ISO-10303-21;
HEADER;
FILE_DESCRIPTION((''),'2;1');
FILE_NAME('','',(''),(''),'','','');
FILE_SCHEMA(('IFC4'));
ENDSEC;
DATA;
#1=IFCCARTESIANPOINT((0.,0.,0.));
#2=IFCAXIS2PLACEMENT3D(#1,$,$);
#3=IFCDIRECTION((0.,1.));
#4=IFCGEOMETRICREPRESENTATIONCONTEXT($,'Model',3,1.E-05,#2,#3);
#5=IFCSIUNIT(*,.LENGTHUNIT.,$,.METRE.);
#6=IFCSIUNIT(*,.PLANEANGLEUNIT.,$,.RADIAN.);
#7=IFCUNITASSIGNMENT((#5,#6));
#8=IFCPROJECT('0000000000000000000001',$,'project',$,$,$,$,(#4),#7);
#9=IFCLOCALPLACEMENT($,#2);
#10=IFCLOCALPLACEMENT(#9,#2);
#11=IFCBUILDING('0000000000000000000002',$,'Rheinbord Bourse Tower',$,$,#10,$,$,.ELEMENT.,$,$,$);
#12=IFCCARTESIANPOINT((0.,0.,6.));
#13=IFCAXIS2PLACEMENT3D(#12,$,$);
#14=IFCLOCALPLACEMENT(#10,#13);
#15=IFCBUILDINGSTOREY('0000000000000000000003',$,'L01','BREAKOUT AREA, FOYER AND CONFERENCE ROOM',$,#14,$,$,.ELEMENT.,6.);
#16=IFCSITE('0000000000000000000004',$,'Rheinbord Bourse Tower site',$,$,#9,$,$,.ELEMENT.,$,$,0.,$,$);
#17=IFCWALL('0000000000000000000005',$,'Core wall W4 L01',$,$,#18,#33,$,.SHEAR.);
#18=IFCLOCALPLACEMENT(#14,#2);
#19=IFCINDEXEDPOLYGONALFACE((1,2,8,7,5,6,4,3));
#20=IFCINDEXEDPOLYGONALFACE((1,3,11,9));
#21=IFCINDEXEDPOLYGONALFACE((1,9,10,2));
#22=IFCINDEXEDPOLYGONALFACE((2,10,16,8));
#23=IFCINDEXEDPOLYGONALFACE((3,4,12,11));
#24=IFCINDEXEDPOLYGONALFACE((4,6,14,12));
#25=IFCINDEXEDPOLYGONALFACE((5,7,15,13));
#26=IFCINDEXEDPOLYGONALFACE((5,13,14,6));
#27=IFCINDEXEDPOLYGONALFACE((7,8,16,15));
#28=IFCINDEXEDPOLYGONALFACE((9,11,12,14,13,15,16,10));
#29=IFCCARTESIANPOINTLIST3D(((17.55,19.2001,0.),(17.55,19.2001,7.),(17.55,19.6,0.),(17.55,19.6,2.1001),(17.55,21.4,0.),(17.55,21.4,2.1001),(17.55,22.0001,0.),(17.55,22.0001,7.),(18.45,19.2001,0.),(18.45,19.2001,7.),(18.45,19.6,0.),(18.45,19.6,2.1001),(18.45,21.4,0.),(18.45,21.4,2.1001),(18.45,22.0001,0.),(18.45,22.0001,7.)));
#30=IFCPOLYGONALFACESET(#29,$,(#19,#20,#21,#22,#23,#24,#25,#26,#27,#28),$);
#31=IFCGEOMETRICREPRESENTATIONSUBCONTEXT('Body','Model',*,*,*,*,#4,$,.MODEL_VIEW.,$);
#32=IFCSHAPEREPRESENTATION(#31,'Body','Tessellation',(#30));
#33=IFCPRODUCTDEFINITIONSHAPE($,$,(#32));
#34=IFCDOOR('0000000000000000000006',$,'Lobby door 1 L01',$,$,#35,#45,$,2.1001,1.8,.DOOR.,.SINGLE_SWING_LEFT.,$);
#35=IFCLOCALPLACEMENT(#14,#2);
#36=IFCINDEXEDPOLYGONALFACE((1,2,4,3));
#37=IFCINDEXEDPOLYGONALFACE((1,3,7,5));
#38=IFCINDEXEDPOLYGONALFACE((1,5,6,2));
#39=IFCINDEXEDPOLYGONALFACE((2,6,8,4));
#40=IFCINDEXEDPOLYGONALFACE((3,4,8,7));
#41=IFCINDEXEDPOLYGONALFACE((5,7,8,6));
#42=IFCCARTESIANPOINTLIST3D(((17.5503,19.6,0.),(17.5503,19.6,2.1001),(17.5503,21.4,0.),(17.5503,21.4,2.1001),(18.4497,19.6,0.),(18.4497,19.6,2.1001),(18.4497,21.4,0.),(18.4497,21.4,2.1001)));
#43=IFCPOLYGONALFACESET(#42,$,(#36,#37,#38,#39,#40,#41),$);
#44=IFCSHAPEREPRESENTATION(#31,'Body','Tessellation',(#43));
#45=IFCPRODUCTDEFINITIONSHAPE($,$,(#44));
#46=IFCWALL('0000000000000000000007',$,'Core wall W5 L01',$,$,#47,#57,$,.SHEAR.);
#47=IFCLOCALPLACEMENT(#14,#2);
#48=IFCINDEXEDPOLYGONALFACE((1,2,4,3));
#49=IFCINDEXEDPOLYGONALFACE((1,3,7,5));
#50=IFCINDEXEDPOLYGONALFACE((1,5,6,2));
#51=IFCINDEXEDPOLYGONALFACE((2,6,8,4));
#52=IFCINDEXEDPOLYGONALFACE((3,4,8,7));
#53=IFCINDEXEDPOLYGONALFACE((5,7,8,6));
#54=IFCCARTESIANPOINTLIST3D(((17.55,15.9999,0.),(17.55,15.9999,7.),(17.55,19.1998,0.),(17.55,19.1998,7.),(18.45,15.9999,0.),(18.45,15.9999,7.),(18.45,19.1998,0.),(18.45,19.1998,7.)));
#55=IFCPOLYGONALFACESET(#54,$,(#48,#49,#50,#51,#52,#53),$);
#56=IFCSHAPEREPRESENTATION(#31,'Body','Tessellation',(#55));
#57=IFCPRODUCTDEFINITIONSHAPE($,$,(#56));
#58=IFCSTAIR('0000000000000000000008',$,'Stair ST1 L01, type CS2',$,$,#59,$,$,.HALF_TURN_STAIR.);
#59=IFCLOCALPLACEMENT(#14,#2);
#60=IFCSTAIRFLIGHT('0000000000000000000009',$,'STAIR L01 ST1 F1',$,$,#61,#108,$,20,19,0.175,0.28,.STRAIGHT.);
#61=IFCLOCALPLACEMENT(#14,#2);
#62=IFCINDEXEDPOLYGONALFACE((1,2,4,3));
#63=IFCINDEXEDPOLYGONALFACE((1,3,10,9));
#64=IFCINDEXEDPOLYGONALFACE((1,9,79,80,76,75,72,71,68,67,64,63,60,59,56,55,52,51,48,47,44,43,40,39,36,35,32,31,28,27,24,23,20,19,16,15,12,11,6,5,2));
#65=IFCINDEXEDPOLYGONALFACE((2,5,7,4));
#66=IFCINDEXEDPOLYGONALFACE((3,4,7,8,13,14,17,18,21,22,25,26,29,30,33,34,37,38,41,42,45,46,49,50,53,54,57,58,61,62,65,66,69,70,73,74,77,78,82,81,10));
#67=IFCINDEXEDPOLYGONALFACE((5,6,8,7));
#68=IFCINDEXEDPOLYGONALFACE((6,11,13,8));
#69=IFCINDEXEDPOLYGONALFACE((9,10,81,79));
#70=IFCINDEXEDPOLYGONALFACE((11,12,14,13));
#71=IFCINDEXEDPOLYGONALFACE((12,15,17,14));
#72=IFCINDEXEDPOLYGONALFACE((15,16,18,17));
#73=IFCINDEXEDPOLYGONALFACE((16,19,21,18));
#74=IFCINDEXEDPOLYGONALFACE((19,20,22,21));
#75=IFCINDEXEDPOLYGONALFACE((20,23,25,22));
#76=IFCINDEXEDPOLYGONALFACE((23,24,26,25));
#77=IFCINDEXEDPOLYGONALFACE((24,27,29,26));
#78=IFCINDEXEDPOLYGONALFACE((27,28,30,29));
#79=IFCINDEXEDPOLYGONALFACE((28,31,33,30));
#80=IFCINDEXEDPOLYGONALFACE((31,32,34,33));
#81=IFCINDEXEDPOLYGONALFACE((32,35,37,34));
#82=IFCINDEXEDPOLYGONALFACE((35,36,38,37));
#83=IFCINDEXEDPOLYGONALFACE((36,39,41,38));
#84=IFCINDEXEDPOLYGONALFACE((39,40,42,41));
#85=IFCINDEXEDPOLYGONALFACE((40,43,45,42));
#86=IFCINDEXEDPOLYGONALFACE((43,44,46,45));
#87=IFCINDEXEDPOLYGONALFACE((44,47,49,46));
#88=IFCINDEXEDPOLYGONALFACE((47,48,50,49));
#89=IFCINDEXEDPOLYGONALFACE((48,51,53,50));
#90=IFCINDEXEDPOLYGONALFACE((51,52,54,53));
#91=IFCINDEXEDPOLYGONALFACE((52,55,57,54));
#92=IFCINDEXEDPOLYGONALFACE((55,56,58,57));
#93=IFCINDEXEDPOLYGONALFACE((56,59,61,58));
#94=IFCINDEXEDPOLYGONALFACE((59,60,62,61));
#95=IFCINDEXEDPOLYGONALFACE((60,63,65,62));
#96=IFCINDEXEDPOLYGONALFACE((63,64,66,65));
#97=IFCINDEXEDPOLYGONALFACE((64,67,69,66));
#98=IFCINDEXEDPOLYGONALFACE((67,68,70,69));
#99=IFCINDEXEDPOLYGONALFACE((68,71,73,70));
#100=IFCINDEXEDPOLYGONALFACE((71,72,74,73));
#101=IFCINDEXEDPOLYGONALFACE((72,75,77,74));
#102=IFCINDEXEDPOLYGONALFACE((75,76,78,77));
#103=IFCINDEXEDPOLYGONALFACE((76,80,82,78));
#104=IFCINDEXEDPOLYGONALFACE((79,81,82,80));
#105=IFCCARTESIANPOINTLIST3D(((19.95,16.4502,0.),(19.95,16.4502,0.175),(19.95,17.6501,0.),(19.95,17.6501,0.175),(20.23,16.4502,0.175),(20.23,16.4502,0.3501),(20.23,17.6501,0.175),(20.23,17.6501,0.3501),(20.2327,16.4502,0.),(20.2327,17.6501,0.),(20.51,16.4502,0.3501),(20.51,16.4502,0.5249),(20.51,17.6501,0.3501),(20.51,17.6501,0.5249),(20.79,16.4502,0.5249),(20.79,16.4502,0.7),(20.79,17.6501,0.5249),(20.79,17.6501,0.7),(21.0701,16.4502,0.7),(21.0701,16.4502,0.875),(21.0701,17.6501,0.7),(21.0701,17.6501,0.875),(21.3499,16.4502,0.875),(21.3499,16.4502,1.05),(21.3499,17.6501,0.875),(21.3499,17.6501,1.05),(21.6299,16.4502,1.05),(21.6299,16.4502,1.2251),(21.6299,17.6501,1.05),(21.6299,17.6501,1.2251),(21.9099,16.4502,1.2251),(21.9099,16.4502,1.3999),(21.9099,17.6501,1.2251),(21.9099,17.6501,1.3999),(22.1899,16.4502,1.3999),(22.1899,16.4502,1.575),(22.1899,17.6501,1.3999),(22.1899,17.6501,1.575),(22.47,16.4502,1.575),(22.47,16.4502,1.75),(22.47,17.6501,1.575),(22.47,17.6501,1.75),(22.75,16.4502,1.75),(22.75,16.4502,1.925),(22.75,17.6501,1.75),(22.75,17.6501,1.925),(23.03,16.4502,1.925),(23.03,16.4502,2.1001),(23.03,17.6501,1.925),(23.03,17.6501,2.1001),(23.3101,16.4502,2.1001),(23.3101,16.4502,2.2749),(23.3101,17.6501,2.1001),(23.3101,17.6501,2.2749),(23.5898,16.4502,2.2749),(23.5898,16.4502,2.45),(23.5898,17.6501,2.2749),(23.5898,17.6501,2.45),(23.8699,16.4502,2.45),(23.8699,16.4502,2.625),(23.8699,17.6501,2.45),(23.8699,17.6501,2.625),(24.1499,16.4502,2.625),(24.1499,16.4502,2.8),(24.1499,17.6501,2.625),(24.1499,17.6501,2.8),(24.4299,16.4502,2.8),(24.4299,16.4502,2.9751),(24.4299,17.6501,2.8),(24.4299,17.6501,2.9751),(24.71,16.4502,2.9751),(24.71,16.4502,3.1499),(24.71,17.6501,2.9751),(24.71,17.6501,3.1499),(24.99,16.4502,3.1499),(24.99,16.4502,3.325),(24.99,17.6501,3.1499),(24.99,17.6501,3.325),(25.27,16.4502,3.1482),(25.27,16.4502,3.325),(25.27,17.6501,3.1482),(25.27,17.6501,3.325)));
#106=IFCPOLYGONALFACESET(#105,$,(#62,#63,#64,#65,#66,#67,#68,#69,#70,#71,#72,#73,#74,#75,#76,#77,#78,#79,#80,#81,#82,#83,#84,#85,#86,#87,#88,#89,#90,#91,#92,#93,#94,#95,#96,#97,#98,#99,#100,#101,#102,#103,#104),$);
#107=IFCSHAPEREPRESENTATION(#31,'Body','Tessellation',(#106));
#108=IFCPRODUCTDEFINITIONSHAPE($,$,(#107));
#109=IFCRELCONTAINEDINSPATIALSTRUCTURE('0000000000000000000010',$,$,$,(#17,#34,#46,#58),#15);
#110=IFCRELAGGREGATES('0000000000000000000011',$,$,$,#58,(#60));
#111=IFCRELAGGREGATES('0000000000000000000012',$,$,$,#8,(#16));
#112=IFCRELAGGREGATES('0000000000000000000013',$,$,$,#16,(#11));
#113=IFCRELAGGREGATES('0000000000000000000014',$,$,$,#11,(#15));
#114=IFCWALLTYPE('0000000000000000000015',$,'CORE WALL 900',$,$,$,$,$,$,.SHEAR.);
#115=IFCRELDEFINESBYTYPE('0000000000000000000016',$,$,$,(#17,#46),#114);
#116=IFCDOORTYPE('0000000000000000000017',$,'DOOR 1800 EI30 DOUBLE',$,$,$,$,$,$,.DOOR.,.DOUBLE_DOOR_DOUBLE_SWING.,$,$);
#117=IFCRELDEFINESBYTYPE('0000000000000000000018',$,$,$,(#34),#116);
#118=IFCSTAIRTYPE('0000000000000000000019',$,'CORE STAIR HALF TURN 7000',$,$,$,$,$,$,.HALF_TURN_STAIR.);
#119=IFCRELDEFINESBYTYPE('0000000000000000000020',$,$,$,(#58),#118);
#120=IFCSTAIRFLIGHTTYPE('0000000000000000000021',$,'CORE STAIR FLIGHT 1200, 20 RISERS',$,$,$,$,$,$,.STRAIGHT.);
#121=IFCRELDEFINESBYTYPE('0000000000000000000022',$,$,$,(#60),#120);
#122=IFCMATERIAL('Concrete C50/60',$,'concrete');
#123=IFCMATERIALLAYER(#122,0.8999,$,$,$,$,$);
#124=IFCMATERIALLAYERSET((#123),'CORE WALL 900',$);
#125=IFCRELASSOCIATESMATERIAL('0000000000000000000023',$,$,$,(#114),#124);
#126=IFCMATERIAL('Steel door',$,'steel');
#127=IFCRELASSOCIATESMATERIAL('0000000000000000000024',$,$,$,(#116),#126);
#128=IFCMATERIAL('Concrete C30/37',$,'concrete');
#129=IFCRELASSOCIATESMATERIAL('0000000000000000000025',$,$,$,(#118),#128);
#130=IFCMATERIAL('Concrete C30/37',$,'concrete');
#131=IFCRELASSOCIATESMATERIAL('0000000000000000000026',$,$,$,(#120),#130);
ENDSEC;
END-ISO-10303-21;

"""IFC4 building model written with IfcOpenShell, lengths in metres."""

from ifc_helpers import new_model, si_unit, direction, frame, frame_2d, origin, place, context, subcontext, project, spatial, polyline, rectangle, outline, extrude, material, layer, layer_set, type_object, element, fill, aggregate, save


model = new_model("IFC4")

# Units and contexts
model_context = context("Model", 3, precision=1e-05, world=origin(), true_north=direction((0.0, 1.0)))
body_context = subcontext(model_context, "Body", "Model", "MODEL_VIEW")
ifc_project = project(units=[si_unit("LENGTHUNIT", "METRE"), si_unit("PLANEANGLEUNIT", "RADIAN")], contexts=[model_context])

# Site, building, storey
site_placement = place(None, origin())
site = spatial("IfcSite", under=ifc_project, at=site_placement, Name="Rheinbord Bourse Tower site", CompositionType="ELEMENT", RefElevation=0.0)
building_placement = place(site_placement, origin())
building = spatial("IfcBuilding", under=site, at=building_placement, Name="Rheinbord Bourse Tower", CompositionType="ELEMENT")
storey_placement = place(building_placement, frame((0.0, 0.0, 6.0)))
storey = spatial("IfcBuildingStorey", under=building, at=storey_placement, Name="L01", Description="BREAKOUT AREA, FOYER AND CONFERENCE ROOM", CompositionType="ELEMENT", Elevation=6.0)

# Shared definitions
ifc_material_1 = material(Name="Concrete C50/60", Category="concrete")
ifc_layer_1 = layer(ifc_material_1, 0.8999)
ifc_layer_set_1 = layer_set([ifc_layer_1], Name="CORE WALL 900")
wall_type_1 = type_object("IfcWallType", Name="CORE WALL 900", PredefinedType="SHEAR", material=ifc_layer_set_1)
ifc_material_2 = material(Name="Steel door", Category="steel")
door_type_1 = type_object("IfcDoorType", Name="DOOR 1800 EI30 DOUBLE", OperationType="DOUBLE_DOOR_DOUBLE_SWING", PredefinedType="DOOR", material=ifc_material_2)

# Wall, opening, door
wall_1_placement = place(storey_placement, frame((18.0, 22.0, 0.0), z_axis=(0.0, 0.0, 1.0), x_axis=(0.0, -1.0, 0.0)))
wall_1 = element("IfcWall", 1, at=wall_1_placement, inside=storey, type_object=wall_type_1, Name="Core wall W4 L01", PredefinedType="SHEAR", context=body_context, shape_type="SweptSolid", body=[
    extrude(rectangle(XDim=2.8, YDim=0.8999, at=frame_2d((1.3999, 0.0))), origin(), (0.0, 0.0, 1.0), 7.0),
])
opening_1_placement = place(wall_1_placement, frame((0.6001, 0.0, 0.0)))
opening_1 = element("IfcOpeningElement", 2, at=opening_1_placement, cuts=wall_1, PredefinedType="OPENING", context=body_context, shape_type="SweptSolid", body=[
    extrude(rectangle(XDim=1.8, YDim=2.1001, at=frame_2d((0.8999, 1.05))), frame((0.0, 0.46, 0.0), z_axis=(0.0, -1.0, 0.0), x_axis=(1.0, 0.0, 0.0)), (0.0, 0.0, 1.0), 0.9199),
])
door_1_placement = place(opening_1_placement, origin())
door_1 = element("IfcDoor", 3, at=door_1_placement, inside=storey, type_object=door_type_1, Name="Lobby door 1 L01", OperationType="SINGLE_SWING_LEFT", OverallHeight=2.1001, OverallWidth=1.8, PredefinedType="DOOR", context=body_context, shape_type="SweptSolid", body=[
    extrude(rectangle(XDim=1.8, YDim=2.1001, at=frame_2d((0.8999, 1.05))), frame((0.0, 0.4497, 0.0), z_axis=(0.0, -1.0, 0.0), x_axis=(1.0, 0.0, 0.0)), (0.0, 0.0, 1.0), 0.8994),
])
fill(opening_1, door_1)

# Wall
wall_2_placement = place(storey_placement, frame((18.0, 19.2, 0.0), z_axis=(0.0, 0.0, 1.0), x_axis=(0.0, -1.0, 0.0)))
element("IfcWall", 4, at=wall_2_placement, inside=storey, type_object=wall_type_1, Name="Core wall W5 L01", PredefinedType="SHEAR", context=body_context, shape_type="SweptSolid", body=[
    extrude(rectangle(XDim=3.2, YDim=0.8999, at=frame_2d((1.6001, 0.0))), origin(), (0.0, 0.0, 1.0), 7.0),
])

# Stair, stair flight
ifc_material_3 = material(Name="Concrete C30/37", Category="concrete")
stair_type = type_object("IfcStairType", Name="CORE STAIR HALF TURN 7000", PredefinedType="HALF_TURN_STAIR", material=ifc_material_3)
stair_placement = place(storey_placement, origin())
stair = element("IfcStair", 5, at=stair_placement, inside=storey, type_object=stair_type, Name="Stair ST1 L01, type CS2", PredefinedType="HALF_TURN_STAIR")
ifc_material_4 = material(Name="Concrete C30/37", Category="concrete")
stair_flight_type = type_object("IfcStairFlightType", Name="CORE STAIR FLIGHT 1200, 20 RISERS", PredefinedType="STRAIGHT", material=ifc_material_4)
stair_flight_placement = place(storey_placement, frame((19.95, 17.05, 0.0), z_axis=(0.0, 0.0, 1.0), x_axis=(1.0, 0.0, 0.0)))
stair_flight = element("IfcStairFlight", 6, at=stair_flight_placement, type_object=stair_flight_type, Name="STAIR L01 ST1 F1", NumberOfRisers=20, NumberOfTreads=19, PredefinedType="STRAIGHT", RiserHeight=0.175, TreadLength=0.28, context=body_context, shape_type="SweptSolid", body=[
    extrude(outline(polyline([(0.0, 0.0), (0.0, 0.175), (0.28, 0.175), (0.28, 0.3501), (0.5601, 0.3501), (0.5601, 0.5249), (0.8401, 0.5249), (0.8401, 0.7), (1.1201, 0.7), (1.1201, 0.875), (1.3999, 0.875), (1.3999, 1.05), (1.6799, 1.05), (1.6799, 1.2251), (1.96, 1.2251), (1.96, 1.3999), (2.24, 1.3999), (2.24, 1.575), (2.52, 1.575), (2.52, 1.75), (2.8, 1.75), (2.8, 1.925), (3.0801, 1.925), (3.0801, 2.1001), (3.3601, 2.1001), (3.3601, 2.2749), (3.6399, 2.2749), (3.6399, 2.45), (3.9199, 2.45), (3.9199, 2.625), (4.2, 2.625), (4.2, 2.8), (4.48, 2.8), (4.48, 2.9751), (4.76, 2.9751), (4.76, 3.1499), (5.04, 3.1499), (5.04, 3.325), (5.3201, 3.325), (5.3201, 3.5), (5.3201, 3.1482), (0.2827, 0.0), (0.0, 0.0)])), frame((0.0, 0.6001, 0.0), z_axis=(0.0, -1.0, 0.0), x_axis=(1.0, 0.0, 0.0)), (0.0, 0.0, 1.0), 1.2),
])
aggregate(stair, [stair_flight])

save(model, "model.ifc")
